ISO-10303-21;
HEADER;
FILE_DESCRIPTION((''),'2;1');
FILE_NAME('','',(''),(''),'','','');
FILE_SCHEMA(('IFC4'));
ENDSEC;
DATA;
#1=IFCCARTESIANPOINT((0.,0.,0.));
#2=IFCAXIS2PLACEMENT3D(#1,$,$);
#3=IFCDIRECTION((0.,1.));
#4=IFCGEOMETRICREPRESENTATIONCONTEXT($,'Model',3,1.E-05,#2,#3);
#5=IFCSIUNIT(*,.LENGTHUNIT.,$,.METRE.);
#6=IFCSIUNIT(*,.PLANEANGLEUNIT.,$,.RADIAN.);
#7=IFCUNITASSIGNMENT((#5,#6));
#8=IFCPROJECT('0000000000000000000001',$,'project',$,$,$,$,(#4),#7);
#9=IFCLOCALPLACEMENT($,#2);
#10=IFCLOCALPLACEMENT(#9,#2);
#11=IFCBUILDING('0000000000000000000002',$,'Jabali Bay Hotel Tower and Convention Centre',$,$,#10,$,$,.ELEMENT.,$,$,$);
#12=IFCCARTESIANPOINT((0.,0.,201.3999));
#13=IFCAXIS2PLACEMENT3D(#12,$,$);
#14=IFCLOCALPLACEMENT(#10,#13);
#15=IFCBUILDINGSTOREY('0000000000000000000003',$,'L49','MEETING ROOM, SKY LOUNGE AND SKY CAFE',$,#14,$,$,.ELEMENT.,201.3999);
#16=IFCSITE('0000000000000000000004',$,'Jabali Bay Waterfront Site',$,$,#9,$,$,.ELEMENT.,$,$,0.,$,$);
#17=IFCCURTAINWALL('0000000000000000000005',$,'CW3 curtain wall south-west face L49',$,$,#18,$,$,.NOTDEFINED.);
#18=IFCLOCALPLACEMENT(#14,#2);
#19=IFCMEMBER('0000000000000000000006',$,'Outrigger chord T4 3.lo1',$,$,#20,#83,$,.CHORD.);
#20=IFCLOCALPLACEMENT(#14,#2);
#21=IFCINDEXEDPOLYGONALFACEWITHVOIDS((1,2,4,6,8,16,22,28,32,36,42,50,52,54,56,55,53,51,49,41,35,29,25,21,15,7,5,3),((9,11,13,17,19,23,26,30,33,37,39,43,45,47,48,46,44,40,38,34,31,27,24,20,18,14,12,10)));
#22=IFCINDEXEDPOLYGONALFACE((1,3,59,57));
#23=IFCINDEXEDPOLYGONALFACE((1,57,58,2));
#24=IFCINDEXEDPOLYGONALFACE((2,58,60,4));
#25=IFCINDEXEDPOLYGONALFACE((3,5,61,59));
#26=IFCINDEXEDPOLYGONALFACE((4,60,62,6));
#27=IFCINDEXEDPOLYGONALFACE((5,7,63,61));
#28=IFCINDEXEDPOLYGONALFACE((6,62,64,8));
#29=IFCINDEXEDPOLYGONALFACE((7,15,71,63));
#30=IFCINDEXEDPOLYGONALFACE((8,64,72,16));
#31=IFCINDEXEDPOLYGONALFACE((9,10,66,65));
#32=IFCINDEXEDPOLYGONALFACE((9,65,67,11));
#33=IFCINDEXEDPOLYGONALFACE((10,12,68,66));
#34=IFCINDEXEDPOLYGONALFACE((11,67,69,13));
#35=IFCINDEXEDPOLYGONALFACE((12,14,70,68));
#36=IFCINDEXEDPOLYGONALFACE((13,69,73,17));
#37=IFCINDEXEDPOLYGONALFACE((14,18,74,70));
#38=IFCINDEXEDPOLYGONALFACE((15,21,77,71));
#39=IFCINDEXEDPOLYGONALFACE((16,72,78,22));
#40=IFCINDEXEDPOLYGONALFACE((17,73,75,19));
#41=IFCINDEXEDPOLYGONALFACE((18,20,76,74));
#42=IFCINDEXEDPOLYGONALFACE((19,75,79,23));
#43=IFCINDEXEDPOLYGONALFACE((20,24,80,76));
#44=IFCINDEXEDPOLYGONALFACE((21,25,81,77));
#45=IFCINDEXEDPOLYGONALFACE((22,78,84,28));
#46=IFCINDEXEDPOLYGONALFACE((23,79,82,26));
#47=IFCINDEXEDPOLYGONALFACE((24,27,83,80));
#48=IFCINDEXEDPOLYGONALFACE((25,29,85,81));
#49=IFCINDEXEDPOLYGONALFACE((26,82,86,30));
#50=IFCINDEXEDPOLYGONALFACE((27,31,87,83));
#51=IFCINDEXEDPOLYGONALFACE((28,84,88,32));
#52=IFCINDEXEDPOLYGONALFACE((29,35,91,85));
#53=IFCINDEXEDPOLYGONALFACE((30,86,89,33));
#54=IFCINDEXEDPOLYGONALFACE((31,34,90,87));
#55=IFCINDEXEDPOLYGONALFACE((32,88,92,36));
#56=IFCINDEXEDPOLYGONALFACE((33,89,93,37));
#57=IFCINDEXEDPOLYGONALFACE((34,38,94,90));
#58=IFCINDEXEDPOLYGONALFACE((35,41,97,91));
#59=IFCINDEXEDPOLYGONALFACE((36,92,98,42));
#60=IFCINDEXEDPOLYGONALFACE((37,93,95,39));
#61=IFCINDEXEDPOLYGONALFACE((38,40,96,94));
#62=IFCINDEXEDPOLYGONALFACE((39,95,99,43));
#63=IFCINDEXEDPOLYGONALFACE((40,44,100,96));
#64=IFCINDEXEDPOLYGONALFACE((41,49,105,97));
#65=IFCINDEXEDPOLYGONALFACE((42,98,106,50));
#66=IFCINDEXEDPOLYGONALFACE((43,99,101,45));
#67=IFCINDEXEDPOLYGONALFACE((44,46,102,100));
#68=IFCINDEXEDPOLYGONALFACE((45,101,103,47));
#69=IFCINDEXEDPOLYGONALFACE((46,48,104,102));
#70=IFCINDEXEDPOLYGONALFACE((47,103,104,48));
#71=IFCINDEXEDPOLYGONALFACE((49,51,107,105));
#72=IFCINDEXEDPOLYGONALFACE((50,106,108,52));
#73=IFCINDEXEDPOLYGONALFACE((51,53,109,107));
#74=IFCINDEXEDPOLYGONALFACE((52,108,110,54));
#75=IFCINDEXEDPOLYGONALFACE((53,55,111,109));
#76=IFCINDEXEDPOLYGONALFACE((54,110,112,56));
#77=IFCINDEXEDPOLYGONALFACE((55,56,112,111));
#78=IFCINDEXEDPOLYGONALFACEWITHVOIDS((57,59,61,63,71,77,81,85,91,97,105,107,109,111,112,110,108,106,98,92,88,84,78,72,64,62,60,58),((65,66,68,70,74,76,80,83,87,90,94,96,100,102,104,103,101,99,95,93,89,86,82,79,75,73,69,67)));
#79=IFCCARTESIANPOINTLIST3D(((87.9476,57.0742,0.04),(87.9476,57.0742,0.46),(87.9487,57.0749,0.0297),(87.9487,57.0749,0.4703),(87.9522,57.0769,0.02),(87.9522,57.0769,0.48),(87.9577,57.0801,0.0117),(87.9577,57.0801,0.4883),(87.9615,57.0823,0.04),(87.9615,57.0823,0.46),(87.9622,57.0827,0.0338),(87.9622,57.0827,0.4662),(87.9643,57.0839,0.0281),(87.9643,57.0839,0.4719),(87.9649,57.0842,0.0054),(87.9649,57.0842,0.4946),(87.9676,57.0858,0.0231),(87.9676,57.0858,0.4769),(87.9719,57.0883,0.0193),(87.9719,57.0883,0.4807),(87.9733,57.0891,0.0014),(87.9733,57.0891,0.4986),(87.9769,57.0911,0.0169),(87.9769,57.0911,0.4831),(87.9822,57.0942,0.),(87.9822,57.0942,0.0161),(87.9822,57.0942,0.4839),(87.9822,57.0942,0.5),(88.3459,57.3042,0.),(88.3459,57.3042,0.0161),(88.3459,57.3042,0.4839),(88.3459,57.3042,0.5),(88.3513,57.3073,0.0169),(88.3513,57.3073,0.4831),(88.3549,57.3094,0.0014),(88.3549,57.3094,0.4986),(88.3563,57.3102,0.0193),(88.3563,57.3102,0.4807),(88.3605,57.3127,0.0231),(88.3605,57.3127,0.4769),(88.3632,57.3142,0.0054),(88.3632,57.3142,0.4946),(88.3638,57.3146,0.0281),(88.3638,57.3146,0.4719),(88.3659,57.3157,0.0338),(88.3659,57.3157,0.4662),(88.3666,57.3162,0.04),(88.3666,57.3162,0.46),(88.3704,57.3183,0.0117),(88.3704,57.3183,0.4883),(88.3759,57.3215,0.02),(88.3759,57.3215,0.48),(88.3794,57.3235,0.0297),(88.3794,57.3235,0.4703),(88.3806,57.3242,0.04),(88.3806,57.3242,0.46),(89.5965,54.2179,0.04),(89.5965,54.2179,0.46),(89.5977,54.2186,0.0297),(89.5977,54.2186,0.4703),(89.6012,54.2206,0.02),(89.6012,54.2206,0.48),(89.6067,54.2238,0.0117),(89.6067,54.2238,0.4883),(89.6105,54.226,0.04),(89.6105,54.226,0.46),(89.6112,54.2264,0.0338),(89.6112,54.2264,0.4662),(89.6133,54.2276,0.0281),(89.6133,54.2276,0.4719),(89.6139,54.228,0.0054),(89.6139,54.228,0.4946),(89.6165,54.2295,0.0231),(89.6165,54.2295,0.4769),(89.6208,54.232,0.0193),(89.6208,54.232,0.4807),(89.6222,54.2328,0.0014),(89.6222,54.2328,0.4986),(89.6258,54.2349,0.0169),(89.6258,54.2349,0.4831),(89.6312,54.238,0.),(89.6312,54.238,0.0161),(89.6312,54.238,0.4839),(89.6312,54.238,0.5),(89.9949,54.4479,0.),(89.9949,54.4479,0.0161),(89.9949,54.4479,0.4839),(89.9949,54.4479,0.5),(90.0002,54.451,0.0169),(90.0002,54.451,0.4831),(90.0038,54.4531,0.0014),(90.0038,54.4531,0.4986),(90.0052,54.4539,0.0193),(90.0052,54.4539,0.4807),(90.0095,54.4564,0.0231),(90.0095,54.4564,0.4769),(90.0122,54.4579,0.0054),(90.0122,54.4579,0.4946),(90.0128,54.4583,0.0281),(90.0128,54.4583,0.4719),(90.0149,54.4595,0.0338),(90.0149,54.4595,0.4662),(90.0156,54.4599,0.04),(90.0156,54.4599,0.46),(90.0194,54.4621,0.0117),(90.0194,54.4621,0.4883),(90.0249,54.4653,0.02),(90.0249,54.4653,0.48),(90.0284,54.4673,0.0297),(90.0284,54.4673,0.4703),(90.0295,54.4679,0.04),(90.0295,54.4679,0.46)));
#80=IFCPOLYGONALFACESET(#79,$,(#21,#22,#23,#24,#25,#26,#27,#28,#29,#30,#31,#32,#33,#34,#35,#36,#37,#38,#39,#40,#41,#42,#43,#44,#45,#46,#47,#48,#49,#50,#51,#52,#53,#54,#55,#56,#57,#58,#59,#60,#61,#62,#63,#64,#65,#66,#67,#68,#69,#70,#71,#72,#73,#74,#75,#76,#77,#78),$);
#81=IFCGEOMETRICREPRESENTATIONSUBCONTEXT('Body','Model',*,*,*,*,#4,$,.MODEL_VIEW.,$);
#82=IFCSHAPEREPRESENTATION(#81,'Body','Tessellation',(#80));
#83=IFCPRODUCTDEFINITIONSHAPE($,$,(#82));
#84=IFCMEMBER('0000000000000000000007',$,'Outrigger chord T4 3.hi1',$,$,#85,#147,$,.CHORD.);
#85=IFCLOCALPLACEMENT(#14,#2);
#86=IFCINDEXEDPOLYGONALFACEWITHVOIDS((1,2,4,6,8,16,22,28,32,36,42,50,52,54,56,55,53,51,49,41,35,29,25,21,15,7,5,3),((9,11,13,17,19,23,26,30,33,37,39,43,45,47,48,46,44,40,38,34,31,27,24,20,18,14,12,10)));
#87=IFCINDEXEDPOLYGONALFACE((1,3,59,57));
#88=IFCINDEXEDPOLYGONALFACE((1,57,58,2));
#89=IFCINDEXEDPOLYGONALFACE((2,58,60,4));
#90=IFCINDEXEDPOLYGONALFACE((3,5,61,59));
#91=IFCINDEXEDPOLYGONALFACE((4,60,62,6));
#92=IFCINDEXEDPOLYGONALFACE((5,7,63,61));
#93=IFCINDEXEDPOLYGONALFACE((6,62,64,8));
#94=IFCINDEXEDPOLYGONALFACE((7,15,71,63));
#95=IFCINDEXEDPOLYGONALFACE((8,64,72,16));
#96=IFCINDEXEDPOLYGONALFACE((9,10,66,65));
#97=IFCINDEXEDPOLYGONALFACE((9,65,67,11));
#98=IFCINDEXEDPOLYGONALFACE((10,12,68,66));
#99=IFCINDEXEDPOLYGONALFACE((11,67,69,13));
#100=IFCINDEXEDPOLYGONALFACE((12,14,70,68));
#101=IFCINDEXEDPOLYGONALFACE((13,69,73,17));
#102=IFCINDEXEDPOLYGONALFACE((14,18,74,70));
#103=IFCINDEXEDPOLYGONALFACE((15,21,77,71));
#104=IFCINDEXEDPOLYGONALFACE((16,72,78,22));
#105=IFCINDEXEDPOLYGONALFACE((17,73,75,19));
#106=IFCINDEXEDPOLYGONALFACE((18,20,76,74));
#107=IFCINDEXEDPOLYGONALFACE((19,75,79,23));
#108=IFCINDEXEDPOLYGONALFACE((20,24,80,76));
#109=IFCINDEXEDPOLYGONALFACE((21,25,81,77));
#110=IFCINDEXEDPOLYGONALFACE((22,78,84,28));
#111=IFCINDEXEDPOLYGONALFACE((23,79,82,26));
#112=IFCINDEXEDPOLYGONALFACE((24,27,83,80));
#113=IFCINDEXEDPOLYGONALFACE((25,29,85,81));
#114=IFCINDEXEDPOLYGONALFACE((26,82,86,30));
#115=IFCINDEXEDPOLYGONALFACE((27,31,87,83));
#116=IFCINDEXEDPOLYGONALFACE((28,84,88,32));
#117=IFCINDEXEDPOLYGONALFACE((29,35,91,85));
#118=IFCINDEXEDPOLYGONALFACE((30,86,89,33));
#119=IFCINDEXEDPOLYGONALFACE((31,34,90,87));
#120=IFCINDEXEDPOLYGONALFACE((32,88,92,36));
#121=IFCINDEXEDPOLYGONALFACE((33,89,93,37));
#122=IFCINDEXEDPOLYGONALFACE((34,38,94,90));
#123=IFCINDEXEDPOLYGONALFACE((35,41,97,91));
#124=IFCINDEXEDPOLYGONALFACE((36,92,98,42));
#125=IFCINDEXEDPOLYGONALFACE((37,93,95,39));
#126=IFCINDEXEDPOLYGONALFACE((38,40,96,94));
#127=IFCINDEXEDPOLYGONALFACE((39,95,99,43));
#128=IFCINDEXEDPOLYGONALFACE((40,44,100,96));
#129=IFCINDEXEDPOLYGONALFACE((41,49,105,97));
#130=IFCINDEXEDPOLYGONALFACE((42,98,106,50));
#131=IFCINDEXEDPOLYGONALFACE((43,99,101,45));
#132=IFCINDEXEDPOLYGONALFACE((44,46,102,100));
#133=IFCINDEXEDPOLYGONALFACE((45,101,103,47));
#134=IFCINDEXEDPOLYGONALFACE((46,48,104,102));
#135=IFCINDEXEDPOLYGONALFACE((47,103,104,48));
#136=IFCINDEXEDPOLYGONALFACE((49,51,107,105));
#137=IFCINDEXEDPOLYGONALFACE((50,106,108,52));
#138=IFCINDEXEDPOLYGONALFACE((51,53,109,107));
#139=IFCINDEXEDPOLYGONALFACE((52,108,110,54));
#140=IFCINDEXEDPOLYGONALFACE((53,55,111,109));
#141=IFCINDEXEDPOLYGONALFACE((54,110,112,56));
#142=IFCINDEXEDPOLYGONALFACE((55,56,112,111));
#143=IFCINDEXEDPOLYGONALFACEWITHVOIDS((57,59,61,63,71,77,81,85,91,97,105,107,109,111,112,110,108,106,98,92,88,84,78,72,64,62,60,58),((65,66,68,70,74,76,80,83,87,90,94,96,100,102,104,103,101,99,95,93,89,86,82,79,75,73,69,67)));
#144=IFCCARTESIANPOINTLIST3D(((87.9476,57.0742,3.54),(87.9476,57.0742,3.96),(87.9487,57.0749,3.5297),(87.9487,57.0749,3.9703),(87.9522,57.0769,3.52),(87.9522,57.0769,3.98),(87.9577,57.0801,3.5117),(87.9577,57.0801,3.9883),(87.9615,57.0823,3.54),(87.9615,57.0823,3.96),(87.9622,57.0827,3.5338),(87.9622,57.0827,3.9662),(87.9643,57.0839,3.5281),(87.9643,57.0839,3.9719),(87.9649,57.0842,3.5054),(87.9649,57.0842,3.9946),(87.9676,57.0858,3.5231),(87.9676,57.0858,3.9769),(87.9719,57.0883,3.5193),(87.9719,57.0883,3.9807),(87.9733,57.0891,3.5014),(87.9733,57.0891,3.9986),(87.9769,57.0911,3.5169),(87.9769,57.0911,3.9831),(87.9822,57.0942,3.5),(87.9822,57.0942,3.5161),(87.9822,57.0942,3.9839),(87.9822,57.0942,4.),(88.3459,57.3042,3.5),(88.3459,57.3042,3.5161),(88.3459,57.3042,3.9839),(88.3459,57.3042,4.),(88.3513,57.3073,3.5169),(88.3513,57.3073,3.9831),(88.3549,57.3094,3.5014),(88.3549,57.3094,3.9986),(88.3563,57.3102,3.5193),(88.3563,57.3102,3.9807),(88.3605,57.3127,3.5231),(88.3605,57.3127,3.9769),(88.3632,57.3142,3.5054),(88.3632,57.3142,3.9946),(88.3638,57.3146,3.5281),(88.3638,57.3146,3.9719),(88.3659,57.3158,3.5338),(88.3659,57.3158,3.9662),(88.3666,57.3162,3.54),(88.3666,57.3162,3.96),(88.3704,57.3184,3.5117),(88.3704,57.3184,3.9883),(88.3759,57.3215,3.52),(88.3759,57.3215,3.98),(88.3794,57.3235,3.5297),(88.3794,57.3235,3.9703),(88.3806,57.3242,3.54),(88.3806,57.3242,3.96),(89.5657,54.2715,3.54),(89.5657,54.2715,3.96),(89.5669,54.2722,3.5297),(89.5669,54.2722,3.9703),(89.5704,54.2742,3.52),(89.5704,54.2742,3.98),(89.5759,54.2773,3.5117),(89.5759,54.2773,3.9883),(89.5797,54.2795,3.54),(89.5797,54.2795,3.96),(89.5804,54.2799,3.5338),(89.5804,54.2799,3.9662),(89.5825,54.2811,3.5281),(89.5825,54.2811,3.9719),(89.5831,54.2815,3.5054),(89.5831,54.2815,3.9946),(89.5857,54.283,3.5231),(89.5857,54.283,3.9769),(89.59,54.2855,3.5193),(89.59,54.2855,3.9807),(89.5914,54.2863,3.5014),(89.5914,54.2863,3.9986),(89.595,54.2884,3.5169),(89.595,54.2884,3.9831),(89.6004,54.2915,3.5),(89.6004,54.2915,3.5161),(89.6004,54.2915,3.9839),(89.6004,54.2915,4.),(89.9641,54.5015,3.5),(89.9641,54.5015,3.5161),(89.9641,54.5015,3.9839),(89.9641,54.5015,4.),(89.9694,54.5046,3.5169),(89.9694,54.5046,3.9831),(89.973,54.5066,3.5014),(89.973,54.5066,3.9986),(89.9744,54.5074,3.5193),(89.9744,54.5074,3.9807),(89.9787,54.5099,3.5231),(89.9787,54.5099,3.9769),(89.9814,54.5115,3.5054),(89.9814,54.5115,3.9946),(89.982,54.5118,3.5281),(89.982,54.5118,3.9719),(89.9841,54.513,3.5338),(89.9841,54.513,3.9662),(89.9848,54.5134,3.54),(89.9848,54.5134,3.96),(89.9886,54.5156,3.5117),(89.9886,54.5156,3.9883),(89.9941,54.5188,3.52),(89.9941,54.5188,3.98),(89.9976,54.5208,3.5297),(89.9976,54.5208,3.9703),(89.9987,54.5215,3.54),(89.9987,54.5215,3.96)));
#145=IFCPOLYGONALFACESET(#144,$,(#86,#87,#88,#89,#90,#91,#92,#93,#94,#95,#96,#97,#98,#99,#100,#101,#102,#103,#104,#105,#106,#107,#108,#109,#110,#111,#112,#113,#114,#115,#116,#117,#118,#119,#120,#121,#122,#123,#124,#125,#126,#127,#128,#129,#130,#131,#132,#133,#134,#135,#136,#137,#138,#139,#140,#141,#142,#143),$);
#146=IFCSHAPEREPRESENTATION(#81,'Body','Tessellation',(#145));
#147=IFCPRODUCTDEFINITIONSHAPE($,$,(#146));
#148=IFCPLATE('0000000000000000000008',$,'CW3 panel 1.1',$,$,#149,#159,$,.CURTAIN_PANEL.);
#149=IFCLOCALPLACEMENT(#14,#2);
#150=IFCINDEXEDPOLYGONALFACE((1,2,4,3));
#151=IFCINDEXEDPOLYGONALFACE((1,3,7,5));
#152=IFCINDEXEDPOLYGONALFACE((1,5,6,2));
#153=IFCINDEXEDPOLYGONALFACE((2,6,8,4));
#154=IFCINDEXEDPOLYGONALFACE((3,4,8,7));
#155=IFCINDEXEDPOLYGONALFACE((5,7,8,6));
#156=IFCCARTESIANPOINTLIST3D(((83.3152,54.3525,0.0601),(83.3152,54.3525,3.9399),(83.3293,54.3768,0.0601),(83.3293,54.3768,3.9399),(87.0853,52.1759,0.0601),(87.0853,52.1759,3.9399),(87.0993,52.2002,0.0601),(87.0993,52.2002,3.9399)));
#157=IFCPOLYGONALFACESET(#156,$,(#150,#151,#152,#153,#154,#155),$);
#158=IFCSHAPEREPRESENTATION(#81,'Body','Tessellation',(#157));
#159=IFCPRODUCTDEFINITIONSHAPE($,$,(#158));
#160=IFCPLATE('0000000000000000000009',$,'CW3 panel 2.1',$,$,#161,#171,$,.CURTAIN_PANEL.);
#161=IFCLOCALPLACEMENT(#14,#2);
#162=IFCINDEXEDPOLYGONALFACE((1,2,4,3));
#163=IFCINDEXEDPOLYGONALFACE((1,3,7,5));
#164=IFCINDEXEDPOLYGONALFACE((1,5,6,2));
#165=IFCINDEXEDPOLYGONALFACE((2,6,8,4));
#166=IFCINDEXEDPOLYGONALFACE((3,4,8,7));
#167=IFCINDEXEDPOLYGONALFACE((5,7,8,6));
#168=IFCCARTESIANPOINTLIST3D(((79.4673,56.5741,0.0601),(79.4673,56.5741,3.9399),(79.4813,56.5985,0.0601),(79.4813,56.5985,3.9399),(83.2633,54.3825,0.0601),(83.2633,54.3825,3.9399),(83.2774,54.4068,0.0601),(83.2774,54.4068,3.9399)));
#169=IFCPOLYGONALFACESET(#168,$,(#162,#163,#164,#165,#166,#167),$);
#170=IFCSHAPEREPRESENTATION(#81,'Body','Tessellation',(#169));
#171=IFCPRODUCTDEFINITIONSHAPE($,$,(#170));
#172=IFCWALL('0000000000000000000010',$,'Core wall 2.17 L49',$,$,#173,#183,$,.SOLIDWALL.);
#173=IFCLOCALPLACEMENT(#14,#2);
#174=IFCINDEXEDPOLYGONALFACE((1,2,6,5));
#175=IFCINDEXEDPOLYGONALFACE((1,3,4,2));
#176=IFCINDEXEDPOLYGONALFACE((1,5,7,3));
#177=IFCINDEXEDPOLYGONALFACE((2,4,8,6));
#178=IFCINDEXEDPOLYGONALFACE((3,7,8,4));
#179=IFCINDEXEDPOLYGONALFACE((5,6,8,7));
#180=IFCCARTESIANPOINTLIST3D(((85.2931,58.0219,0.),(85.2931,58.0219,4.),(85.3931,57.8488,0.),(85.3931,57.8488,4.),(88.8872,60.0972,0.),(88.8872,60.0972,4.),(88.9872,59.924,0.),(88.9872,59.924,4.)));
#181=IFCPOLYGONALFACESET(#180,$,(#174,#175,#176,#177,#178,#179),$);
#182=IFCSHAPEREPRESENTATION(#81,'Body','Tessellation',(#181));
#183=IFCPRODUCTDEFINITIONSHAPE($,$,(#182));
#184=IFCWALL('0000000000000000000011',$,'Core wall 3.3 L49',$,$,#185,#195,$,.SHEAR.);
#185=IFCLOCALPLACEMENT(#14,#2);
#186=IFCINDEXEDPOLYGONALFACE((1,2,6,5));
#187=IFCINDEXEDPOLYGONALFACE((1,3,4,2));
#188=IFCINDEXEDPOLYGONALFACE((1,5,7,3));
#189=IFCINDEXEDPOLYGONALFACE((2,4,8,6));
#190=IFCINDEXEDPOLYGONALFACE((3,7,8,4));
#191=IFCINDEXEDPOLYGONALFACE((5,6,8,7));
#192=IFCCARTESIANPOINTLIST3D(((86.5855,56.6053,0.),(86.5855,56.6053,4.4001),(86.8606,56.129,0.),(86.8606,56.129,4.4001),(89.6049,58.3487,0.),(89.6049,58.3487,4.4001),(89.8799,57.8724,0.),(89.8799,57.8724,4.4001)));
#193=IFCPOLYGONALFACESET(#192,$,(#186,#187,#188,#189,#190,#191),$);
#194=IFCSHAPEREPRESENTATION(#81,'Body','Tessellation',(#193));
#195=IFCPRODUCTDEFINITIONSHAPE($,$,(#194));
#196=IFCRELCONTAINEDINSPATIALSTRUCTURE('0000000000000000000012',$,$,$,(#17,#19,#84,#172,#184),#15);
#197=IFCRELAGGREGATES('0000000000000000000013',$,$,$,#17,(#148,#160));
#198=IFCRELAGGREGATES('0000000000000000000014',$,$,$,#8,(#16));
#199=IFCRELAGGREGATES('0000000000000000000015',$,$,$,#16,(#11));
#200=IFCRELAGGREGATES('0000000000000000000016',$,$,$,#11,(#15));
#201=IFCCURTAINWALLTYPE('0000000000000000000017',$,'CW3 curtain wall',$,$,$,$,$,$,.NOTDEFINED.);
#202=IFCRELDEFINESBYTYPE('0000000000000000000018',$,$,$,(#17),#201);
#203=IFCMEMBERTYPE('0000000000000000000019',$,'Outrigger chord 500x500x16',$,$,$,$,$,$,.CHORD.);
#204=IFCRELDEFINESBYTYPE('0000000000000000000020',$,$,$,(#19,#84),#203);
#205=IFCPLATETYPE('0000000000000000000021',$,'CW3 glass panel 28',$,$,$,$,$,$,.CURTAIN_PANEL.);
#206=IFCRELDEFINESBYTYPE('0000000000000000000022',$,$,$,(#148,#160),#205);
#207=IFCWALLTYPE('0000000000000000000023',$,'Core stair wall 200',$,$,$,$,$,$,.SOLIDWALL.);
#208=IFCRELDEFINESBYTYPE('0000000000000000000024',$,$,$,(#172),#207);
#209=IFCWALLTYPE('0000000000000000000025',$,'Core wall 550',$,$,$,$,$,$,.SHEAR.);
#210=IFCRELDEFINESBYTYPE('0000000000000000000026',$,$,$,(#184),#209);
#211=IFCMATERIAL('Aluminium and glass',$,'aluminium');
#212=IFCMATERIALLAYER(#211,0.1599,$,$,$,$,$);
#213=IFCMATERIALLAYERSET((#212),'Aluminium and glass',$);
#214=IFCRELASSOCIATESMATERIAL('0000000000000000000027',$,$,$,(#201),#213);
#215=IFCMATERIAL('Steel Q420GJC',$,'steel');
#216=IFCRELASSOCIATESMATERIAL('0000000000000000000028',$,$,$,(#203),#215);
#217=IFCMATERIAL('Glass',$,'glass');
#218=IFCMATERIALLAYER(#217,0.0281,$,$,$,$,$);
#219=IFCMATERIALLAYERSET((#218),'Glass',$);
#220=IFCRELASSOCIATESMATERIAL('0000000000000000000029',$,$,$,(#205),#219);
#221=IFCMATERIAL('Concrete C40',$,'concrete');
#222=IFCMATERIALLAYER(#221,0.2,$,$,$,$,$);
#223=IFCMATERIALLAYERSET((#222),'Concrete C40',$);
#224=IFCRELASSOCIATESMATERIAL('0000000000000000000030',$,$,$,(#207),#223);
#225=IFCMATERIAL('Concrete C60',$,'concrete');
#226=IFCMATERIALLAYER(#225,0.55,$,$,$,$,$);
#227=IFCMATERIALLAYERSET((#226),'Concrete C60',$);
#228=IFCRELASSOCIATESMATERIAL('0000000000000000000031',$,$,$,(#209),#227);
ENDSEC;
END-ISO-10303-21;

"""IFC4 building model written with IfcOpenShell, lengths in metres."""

from ifc_helpers import new_model, si_unit, direction, frame, frame_2d, origin, origin_2d, place, context, subcontext, project, spatial, rectangle, hollow_rectangle, extrude, material, layer, layer_set, material_profile, profile_set, type_object, element, aggregate, save


model = new_model("IFC4")

# Units and contexts
model_context = context("Model", 3, precision=1e-05, world=origin(), true_north=direction((0.0, 1.0)))
body_context = subcontext(model_context, "Body", "Model", "MODEL_VIEW")
ifc_project = project(units=[si_unit("LENGTHUNIT", "METRE"), si_unit("PLANEANGLEUNIT", "RADIAN")], contexts=[model_context])

# Site, building, storey
site_placement = place(None, origin())
site = spatial("IfcSite", under=ifc_project, at=site_placement, Name="Jabali Bay Waterfront Site", CompositionType="ELEMENT", RefElevation=0.0)
building_placement = place(site_placement, origin())
building = spatial("IfcBuilding", under=site, at=building_placement, Name="Jabali Bay Hotel Tower and Convention Centre", CompositionType="ELEMENT")
storey_placement = place(building_placement, frame((0.0, 0.0, 201.3999)))
storey = spatial("IfcBuildingStorey", under=building, at=storey_placement, Name="L49", Description="MEETING ROOM, SKY LOUNGE AND SKY CAFE", CompositionType="ELEMENT", Elevation=201.3999)

# Shared definitions
ifc_material_1 = material(Name="Concrete C60", Category="concrete")

# Shared definitions
ifc_material_2 = material(Name="Steel Q420GJC", Category="steel")

# Curtain wall
ifc_material_3 = material(Name="Aluminium and glass", Category="aluminium")
ifc_layer_1 = layer(ifc_material_3, 0.1599)
ifc_layer_set_1 = layer_set([ifc_layer_1], Name="Aluminium and glass")
curtain_wall_type = type_object("IfcCurtainWallType", Name="CW3 curtain wall", PredefinedType="NOTDEFINED", material=ifc_layer_set_1)
curtain_wall_placement = place(storey_placement, origin())
curtain_wall = element("IfcCurtainWall", 1, at=curtain_wall_placement, inside=storey, type_object=curtain_wall_type, Name="CW3 curtain wall south-west face L49", PredefinedType="NOTDEFINED")

# Members
ifc_material_profile_1 = material_profile(ifc_material_2, hollow_rectangle(XDim=0.5, YDim=0.5, WallThickness=0.0161, InnerFilletRadius=0.0239, OuterFilletRadius=0.04, at=origin_2d()), Name="Outrigger chord 500x500x16")
ifc_profile_set_1 = profile_set([ifc_material_profile_1], Name="Steel Q420GJC")
member_type_1 = type_object("IfcMemberType", Name="Outrigger chord 500x500x16", PredefinedType="CHORD", material=ifc_profile_set_1)
member_1_placement = place(storey_placement, frame((88.1641, 57.1992, 0.25), z_axis=(0.499977, -0.866039, 0.0), x_axis=(0.866039, 0.499977, 0.0)))
element("IfcMember", 2, at=member_1_placement, inside=storey, type_object=member_type_1, Name="Outrigger chord T4 3.lo1", PredefinedType="CHORD", context=body_context, shape_type="SweptSolid", body=[
    extrude(hollow_rectangle(XDim=0.5, YDim=0.5, WallThickness=0.0161, InnerFilletRadius=0.0239, OuterFilletRadius=0.04, at=origin_2d()), origin(), (0.0, 0.0, 1.0), 3.2981),
])
member_2_placement = place(storey_placement, frame((88.1641, 57.1992, 3.75), z_axis=(0.500001, -0.866025, 0.0), x_axis=(0.866025, 0.500001, 0.0)))
element("IfcMember", 3, at=member_2_placement, inside=storey, type_object=member_type_1, Name="Outrigger chord T4 3.hi1", PredefinedType="CHORD", context=body_context, shape_type="SweptSolid", body=[
    extrude(hollow_rectangle(XDim=0.5, YDim=0.5, WallThickness=0.0161, InnerFilletRadius=0.0239, OuterFilletRadius=0.04, at=origin_2d()), origin(), (0.0, 0.0, 1.0), 3.2363),
])

# Plates
ifc_material_4 = material(Name="Glass", Category="glass")
ifc_layer_2 = layer(ifc_material_4, 0.0281)
ifc_layer_set_2 = layer_set([ifc_layer_2], Name="Glass")
plate_type = type_object("IfcPlateType", Name="CW3 glass panel 28", PredefinedType="CURTAIN_PANEL", material=ifc_layer_set_2)
plate_1_placement = place(storey_placement, frame((85.2073, 53.2764, 0.0601), z_axis=(0.0, 0.0, 1.0), x_axis=(-0.866025, 0.5, 0.0)))
plate_1 = element("IfcPlate", 4, at=plate_1_placement, type_object=plate_type, Name="CW3 panel 1.1", PredefinedType="CURTAIN_PANEL", context=body_context, shape_type="SweptSolid", body=[
    extrude(rectangle(XDim=4.3533, YDim=0.0281, at=origin_2d()), origin(), (0.0, 0.0, 1.0), 3.8799),
])
plate_2_placement = place(storey_placement, frame((81.3723, 55.4905, 0.0601), z_axis=(0.0, 0.0, 1.0), x_axis=(-0.866025, 0.5, 0.0)))
plate_2 = element("IfcPlate", 5, at=plate_2_placement, type_object=plate_type, Name="CW3 panel 2.1", PredefinedType="CURTAIN_PANEL", context=body_context, shape_type="SweptSolid", body=[
    extrude(rectangle(XDim=4.3833, YDim=0.0281, at=origin_2d()), origin(), (0.0, 0.0, 1.0), 3.8799),
])
aggregate(curtain_wall, [plate_1, plate_2])

# Walls
ifc_material_5 = material(Name="Concrete C40", Category="concrete")
ifc_layer_3 = layer(ifc_material_5, 0.2)
ifc_layer_set_3 = layer_set([ifc_layer_3], Name="Concrete C40")
wall_type_1 = type_object("IfcWallType", Name="Core stair wall 200", PredefinedType="SOLIDWALL", material=ifc_layer_set_3)
wall_1_placement = place(storey_placement, frame((85.343, 57.9353, 0.0), z_axis=(0.0, 0.0, 1.0), x_axis=(0.866004, 0.500036, 0.0)))
element("IfcWall", 6, at=wall_1_placement, inside=storey, type_object=wall_type_1, Name="Core wall 2.17 L49", PredefinedType="SOLIDWALL", context=body_context, shape_type="SweptSolid", body=[
    extrude(rectangle(XDim=4.1501, YDim=0.2, at=frame_2d((2.0752, 0.0))), origin(), (0.0, 0.0, 1.0), 4.0),
])
ifc_layer_4 = layer(ifc_material_1, 0.55)
ifc_layer_set_4 = layer_set([ifc_layer_4], Name="Concrete C60")
wall_type_2 = type_object("IfcWallType", Name="Core wall 550", PredefinedType="SHEAR", material=ifc_layer_set_4)
wall_2_placement = place(storey_placement, frame((86.7231, 56.3672, 0.0), z_axis=(0.0, 0.0, 1.0), x_axis=(0.865998, 0.500048, 0.0)))
element("IfcWall", 7, at=wall_2_placement, inside=storey, type_object=wall_type_2, Name="Core wall 3.3 L49", PredefinedType="SHEAR", context=body_context, shape_type="SweptSolid", body=[
    extrude(rectangle(XDim=3.4866, YDim=0.55, at=frame_2d((1.7432, 0.0))), origin(), (0.0, 0.0, 1.0), 4.4001),
])

save(model, "model.ifc")
